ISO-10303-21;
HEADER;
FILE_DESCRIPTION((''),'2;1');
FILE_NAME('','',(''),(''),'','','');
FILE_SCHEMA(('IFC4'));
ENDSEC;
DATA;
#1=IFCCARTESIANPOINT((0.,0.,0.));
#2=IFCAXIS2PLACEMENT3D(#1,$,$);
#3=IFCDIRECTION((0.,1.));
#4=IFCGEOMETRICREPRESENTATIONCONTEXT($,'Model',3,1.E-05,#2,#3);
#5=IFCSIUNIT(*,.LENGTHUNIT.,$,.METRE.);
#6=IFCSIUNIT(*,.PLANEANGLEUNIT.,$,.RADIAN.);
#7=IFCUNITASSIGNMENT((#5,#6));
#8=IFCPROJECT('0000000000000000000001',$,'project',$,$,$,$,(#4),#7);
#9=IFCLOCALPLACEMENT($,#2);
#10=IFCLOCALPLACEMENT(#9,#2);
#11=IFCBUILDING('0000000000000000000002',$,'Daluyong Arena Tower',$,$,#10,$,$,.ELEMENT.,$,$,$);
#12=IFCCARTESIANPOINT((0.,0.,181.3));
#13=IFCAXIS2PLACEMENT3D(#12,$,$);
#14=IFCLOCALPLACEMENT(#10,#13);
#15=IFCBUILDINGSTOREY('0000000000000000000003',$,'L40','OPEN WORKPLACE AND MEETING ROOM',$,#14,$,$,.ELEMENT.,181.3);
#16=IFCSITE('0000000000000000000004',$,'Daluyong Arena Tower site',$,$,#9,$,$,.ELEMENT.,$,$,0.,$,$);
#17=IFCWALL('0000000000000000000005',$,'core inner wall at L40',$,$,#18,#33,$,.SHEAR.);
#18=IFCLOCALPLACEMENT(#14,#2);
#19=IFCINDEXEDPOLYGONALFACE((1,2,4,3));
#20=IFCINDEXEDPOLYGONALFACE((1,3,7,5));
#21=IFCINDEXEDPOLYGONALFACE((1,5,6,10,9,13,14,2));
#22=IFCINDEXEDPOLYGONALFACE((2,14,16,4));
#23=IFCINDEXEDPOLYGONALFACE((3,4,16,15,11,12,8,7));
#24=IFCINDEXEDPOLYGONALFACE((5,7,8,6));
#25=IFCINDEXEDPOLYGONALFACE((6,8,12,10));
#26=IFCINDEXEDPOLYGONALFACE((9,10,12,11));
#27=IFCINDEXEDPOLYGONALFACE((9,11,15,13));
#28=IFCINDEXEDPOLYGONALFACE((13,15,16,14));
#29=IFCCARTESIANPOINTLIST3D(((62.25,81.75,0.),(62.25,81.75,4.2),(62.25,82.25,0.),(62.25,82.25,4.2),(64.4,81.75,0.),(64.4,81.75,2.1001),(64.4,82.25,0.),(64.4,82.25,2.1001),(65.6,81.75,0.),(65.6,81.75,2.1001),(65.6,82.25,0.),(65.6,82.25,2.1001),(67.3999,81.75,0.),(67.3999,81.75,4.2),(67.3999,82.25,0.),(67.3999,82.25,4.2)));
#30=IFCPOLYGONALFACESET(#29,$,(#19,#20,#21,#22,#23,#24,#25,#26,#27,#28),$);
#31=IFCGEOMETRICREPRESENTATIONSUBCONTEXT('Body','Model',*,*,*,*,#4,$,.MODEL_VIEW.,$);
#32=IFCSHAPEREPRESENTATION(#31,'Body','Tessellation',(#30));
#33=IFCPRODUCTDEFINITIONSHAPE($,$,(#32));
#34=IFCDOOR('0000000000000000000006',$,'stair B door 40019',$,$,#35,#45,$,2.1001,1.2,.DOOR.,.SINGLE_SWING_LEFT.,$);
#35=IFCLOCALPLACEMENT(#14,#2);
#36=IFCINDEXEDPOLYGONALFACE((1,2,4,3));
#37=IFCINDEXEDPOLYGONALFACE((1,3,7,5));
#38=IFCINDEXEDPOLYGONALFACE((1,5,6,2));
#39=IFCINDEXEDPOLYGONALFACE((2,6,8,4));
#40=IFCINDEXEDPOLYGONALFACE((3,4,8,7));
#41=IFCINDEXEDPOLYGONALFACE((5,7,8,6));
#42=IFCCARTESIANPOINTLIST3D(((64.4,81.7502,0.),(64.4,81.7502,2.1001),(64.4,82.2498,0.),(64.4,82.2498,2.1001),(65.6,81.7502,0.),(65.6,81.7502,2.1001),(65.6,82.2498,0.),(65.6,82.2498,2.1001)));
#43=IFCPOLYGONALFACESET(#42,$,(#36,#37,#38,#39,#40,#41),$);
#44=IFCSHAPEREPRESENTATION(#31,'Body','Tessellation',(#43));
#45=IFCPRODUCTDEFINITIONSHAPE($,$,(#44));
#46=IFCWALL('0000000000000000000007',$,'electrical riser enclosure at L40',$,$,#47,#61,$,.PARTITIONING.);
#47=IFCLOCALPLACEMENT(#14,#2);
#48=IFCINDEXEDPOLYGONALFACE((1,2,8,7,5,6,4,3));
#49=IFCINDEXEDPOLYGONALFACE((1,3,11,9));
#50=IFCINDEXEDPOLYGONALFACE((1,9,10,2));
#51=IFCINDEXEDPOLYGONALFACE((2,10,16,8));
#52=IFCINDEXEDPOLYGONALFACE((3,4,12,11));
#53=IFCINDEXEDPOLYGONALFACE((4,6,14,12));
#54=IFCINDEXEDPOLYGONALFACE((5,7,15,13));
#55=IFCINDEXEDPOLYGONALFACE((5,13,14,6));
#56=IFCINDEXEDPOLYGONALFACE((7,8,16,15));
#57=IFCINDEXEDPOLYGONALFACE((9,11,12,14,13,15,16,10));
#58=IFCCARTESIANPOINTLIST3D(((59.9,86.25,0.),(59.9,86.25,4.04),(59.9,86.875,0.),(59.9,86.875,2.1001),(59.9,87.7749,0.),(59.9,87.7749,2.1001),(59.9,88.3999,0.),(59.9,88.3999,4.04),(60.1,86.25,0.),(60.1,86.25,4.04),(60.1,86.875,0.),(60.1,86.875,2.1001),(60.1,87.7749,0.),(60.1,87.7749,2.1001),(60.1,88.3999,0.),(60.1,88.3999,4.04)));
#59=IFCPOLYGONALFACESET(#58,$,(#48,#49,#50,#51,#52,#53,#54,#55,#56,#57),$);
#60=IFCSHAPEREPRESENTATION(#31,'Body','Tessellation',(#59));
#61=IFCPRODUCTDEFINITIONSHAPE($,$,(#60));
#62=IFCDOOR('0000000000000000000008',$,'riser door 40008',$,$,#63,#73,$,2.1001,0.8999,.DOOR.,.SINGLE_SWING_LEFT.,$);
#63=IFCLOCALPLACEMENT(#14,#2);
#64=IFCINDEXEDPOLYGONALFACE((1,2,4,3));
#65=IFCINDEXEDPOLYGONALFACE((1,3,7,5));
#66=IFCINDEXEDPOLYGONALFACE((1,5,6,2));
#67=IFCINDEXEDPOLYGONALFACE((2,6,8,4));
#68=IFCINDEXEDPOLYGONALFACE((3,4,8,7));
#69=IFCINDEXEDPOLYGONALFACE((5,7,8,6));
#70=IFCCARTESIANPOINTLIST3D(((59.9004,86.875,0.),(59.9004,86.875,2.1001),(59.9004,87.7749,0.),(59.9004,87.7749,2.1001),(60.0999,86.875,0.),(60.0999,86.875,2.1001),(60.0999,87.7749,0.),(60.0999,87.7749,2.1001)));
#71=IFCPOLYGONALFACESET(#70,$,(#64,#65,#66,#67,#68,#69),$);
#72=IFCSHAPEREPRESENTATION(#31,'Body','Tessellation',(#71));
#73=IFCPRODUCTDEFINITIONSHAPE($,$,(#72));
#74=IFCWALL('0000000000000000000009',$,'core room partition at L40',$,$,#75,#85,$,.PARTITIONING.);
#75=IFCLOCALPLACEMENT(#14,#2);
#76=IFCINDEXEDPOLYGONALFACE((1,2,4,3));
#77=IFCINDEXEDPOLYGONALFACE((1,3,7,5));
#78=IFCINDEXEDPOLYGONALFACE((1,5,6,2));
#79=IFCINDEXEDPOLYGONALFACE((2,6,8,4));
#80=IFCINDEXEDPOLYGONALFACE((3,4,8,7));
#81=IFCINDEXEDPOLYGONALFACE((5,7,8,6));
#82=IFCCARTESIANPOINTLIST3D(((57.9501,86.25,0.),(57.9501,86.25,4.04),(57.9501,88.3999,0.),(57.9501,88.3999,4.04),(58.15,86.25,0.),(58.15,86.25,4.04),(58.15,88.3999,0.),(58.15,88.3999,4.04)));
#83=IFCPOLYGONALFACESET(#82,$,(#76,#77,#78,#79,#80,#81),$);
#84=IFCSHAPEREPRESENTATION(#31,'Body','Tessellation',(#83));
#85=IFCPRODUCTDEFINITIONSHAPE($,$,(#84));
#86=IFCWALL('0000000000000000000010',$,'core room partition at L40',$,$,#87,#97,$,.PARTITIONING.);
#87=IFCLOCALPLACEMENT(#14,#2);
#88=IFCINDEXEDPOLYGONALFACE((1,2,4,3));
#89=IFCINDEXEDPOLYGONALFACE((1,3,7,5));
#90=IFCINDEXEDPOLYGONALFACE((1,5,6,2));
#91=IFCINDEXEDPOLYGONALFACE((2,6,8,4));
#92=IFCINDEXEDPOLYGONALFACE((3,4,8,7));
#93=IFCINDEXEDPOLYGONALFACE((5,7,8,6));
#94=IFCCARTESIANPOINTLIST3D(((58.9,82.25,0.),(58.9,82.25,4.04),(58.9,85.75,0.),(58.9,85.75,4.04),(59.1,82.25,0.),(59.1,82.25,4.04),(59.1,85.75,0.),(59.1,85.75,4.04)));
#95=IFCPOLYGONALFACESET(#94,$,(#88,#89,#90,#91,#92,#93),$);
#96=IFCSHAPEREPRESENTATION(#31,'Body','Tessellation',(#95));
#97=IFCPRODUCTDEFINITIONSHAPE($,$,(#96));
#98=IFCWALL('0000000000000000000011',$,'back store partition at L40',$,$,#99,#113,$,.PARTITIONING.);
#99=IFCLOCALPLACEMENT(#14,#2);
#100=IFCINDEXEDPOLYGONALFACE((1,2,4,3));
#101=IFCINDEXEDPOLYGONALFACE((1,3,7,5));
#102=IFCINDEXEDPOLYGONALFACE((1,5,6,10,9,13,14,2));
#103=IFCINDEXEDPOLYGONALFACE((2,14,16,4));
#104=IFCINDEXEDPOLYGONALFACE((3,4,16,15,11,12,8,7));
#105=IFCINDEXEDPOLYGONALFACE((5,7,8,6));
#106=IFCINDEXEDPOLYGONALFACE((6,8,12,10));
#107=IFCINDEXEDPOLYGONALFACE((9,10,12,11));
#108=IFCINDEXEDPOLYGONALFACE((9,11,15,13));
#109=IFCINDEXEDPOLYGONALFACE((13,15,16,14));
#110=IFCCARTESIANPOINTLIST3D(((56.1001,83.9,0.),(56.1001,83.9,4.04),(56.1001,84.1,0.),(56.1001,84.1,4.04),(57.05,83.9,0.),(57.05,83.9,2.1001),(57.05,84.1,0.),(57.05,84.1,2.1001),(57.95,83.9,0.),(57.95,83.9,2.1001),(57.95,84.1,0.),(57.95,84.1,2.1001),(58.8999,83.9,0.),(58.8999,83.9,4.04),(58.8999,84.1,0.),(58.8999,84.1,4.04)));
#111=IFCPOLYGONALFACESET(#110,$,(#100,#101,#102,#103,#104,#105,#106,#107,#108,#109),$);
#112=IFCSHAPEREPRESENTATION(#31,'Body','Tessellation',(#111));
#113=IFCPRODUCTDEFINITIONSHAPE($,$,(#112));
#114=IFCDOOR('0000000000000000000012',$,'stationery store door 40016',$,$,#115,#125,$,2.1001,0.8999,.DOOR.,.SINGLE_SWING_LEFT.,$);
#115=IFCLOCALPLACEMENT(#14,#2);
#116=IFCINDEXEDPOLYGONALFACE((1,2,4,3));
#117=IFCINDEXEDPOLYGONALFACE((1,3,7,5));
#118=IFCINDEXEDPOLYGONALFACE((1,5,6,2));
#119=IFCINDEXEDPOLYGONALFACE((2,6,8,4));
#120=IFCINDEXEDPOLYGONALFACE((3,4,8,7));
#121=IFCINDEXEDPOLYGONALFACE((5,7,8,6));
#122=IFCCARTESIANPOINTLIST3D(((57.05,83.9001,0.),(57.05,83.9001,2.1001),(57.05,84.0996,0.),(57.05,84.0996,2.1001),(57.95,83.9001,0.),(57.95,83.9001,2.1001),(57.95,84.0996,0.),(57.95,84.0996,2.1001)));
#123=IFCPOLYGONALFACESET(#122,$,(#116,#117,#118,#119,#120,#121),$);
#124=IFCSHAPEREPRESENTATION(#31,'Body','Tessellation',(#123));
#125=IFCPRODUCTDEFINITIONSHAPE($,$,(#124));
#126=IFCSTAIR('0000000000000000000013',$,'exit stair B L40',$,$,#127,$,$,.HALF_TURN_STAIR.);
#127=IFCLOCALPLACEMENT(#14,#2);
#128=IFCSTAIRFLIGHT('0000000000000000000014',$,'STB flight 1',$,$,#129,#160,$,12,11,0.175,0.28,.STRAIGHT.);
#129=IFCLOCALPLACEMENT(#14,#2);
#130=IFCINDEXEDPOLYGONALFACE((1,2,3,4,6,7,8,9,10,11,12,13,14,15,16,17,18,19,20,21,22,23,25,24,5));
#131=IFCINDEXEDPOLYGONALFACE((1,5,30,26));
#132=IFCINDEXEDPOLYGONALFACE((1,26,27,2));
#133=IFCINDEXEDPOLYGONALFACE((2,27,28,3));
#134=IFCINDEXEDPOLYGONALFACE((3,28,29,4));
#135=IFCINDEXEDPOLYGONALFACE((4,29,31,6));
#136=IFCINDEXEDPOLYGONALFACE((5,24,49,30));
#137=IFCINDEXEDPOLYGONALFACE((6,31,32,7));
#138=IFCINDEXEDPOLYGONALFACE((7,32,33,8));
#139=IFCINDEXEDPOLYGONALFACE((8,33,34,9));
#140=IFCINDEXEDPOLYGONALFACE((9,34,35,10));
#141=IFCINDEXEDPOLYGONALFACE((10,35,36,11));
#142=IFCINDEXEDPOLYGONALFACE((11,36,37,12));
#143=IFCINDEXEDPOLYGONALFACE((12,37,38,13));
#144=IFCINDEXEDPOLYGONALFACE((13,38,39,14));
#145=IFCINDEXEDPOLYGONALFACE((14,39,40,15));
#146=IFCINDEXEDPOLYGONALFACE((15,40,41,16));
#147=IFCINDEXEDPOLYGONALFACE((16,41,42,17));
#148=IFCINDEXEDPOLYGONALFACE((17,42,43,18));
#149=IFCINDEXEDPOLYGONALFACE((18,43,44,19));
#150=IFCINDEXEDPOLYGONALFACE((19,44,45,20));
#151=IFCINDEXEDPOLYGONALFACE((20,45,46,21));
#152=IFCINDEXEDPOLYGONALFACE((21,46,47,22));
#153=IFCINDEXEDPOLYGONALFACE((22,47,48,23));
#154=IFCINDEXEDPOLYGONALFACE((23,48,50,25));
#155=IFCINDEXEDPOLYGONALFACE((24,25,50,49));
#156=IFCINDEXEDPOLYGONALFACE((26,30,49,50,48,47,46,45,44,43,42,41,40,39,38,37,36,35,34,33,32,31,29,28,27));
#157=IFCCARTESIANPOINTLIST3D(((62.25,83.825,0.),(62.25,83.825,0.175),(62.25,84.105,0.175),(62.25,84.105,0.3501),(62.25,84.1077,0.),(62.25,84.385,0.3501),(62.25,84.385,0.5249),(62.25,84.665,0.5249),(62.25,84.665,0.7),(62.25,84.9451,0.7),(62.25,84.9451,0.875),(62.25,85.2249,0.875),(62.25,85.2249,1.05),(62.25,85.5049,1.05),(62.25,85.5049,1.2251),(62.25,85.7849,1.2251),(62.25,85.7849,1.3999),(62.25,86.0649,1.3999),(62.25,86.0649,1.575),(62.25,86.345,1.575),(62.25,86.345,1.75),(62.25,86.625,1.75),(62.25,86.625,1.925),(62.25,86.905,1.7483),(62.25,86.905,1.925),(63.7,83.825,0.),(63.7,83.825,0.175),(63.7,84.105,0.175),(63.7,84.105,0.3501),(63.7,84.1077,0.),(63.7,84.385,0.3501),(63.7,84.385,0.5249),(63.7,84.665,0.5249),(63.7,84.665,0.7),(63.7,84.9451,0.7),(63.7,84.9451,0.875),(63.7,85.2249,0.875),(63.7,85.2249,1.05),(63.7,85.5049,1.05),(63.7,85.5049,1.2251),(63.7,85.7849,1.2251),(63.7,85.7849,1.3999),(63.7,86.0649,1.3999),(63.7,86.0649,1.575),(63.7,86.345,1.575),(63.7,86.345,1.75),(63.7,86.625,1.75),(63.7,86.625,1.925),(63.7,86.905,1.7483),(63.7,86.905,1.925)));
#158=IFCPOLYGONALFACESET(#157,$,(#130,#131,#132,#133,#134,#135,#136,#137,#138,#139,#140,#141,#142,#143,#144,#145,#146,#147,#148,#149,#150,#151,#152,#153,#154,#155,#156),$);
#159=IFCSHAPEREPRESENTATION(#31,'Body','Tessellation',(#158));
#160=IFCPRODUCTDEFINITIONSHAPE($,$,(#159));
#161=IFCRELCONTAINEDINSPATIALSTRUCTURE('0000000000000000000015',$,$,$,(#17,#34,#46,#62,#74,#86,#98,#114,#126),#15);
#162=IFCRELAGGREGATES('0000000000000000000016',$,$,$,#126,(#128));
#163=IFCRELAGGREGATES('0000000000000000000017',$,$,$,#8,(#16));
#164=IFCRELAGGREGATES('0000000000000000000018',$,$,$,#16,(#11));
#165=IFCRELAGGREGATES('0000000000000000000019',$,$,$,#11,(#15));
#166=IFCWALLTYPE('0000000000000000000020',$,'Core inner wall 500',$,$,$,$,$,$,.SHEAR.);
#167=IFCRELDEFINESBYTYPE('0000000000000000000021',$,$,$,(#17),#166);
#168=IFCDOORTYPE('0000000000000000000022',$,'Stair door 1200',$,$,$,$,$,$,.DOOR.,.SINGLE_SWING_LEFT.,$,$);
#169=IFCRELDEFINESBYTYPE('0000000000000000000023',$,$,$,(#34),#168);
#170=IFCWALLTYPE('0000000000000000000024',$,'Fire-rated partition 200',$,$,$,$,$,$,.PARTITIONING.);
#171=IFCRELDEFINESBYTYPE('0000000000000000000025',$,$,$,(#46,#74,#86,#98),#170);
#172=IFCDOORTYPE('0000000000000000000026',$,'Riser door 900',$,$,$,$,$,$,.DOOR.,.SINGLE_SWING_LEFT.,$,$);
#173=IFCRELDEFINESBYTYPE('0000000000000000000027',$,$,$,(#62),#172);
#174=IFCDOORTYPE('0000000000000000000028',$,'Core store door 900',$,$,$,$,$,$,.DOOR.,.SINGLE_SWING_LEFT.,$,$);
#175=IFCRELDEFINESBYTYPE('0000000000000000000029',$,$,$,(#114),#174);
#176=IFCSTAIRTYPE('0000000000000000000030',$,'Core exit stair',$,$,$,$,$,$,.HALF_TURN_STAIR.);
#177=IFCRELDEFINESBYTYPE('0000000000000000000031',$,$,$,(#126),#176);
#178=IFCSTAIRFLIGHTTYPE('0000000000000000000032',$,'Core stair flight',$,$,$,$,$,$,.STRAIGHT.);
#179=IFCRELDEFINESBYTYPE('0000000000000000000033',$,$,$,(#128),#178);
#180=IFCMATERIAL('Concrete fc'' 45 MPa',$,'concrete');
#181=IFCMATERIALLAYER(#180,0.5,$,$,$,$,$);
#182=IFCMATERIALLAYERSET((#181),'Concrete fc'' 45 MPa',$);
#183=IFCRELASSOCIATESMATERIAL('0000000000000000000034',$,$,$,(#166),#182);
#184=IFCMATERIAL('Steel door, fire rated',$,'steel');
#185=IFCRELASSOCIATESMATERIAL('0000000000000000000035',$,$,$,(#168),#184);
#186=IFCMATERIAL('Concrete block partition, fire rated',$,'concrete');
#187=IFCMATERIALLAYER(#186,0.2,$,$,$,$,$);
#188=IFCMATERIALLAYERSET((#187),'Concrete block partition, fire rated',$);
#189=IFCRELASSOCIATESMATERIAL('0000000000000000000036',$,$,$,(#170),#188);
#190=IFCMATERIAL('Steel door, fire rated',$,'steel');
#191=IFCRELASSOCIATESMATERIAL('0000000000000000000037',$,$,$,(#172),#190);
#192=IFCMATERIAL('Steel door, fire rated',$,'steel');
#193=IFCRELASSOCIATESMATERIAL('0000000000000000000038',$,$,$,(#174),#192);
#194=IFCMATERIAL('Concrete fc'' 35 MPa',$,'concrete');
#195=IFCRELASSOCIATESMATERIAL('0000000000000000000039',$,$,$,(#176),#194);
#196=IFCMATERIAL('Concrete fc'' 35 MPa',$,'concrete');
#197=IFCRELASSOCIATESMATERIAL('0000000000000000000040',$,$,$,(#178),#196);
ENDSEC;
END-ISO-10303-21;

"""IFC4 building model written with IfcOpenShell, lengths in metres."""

from ifc_helpers import new_model, si_unit, direction, frame, frame_2d, origin, place, context, subcontext, project, spatial, polyline, rectangle, outline, extrude, material, layer, layer_set, type_object, element, fill, aggregate, save


model = new_model("IFC4")

# Units and contexts
model_context = context("Model", 3, precision=1e-05, world=origin(), true_north=direction((0.0, 1.0)))
body_context = subcontext(model_context, "Body", "Model", "MODEL_VIEW")
ifc_project = project(units=[si_unit("LENGTHUNIT", "METRE"), si_unit("PLANEANGLEUNIT", "RADIAN")], contexts=[model_context])

# Site, building, storey
site_placement = place(None, origin())
site = spatial("IfcSite", under=ifc_project, at=site_placement, Name="Daluyong Arena Tower site", CompositionType="ELEMENT", RefElevation=0.0)
building_placement = place(site_placement, origin())
building = spatial("IfcBuilding", under=site, at=building_placement, Name="Daluyong Arena Tower", CompositionType="ELEMENT")
storey_placement = place(building_placement, frame((0.0, 0.0, 181.3)))
storey = spatial("IfcBuildingStorey", under=building, at=storey_placement, Name="L40", Description="OPEN WORKPLACE AND MEETING ROOM", CompositionType="ELEMENT", Elevation=181.3)

# Walls, openings, doors
ifc_material_1 = material(Name="Concrete fc' 45 MPa", Category="concrete")
ifc_layer_1 = layer(ifc_material_1, 0.5)
ifc_layer_set_1 = layer_set([ifc_layer_1], Name="Concrete fc' 45 MPa")
wall_type_1 = type_object("IfcWallType", Name="Core inner wall 500", PredefinedType="SHEAR", material=ifc_layer_set_1)
wall_1_placement = place(storey_placement, frame((62.25, 82.0, 0.0), z_axis=(0.0, 0.0, 1.0), x_axis=(1.0, 0.0, 0.0)))
wall_1 = element("IfcWall", 1, at=wall_1_placement, inside=storey, type_object=wall_type_1, Name="core inner wall at L40", PredefinedType="SHEAR", context=body_context, shape_type="SweptSolid", body=[
    extrude(rectangle(XDim=5.1499, YDim=0.5, at=frame_2d((2.575, 0.0))), origin(), (0.0, 0.0, 1.0), 4.2),
])
opening_1_placement = place(wall_1_placement, frame((2.1499, 0.0, 0.0)))
opening_1 = element("IfcOpeningElement", 2, at=opening_1_placement, cuts=wall_1, PredefinedType="OPENING", context=body_context, shape_type="SweptSolid", body=[
    extrude(rectangle(XDim=1.2, YDim=2.1001, at=frame_2d((0.6001, 1.05))), frame((0.0, 0.26, 0.0), z_axis=(0.0, -1.0, 0.0), x_axis=(1.0, 0.0, 0.0)), (0.0, 0.0, 1.0), 0.52),
])
ifc_material_2 = material(Name="Steel door, fire rated", Category="steel")
door_type_1 = type_object("IfcDoorType", Name="Stair door 1200", OperationType="SINGLE_SWING_LEFT", PredefinedType="DOOR", material=ifc_material_2)
door_1_placement = place(opening_1_placement, origin())
door_1 = element("IfcDoor", 3, at=door_1_placement, inside=storey, type_object=door_type_1, Name="stair B door 40019", OperationType="SINGLE_SWING_LEFT", OverallHeight=2.1001, OverallWidth=1.2, PredefinedType="DOOR", context=body_context, shape_type="SweptSolid", body=[
    extrude(rectangle(XDim=1.2, YDim=2.1001, at=frame_2d((0.6001, 1.05))), frame((0.0, 0.2498, 0.0), z_axis=(0.0, -1.0, 0.0), x_axis=(1.0, 0.0, 0.0)), (0.0, 0.0, 1.0), 0.4995),
])
fill(opening_1, door_1)
ifc_material_3 = material(Name="Concrete block partition, fire rated", Category="concrete")
ifc_layer_2 = layer(ifc_material_3, 0.2)
ifc_layer_set_2 = layer_set([ifc_layer_2], Name="Concrete block partition, fire rated")
wall_type_2 = type_object("IfcWallType", Name="Fire-rated partition 200", PredefinedType="PARTITIONING", material=ifc_layer_set_2)
wall_2_placement = place(storey_placement, frame((60.0, 86.25, 0.0), z_axis=(0.0, 0.0, 1.0), x_axis=(0.0, 1.0, 0.0)))
wall_2 = element("IfcWall", 4, at=wall_2_placement, inside=storey, type_object=wall_type_2, Name="electrical riser enclosure at L40", PredefinedType="PARTITIONING", context=body_context, shape_type="SweptSolid", body=[
    extrude(rectangle(XDim=2.1499, YDim=0.2, at=frame_2d((1.075, 0.0))), origin(), (0.0, 0.0, 1.0), 4.04),
])
opening_2_placement = place(wall_2_placement, frame((0.625, 0.0, 0.0)))
opening_2 = element("IfcOpeningElement", 5, at=opening_2_placement, cuts=wall_2, PredefinedType="OPENING", context=body_context, shape_type="SweptSolid", body=[
    extrude(rectangle(XDim=0.8999, YDim=2.1001, at=frame_2d((0.45, 1.05))), frame((0.0, 0.1099, 0.0), z_axis=(0.0, -1.0, 0.0), x_axis=(1.0, 0.0, 0.0)), (0.0, 0.0, 1.0), 0.22),
])
ifc_material_4 = material(Name="Steel door, fire rated", Category="steel")
door_type_2 = type_object("IfcDoorType", Name="Riser door 900", OperationType="SINGLE_SWING_LEFT", PredefinedType="DOOR", material=ifc_material_4)
door_2_placement = place(opening_2_placement, origin())
door_2 = element("IfcDoor", 6, at=door_2_placement, inside=storey, type_object=door_type_2, Name="riser door 40008", OperationType="SINGLE_SWING_LEFT", OverallHeight=2.1001, OverallWidth=0.8999, PredefinedType="DOOR", context=body_context, shape_type="SweptSolid", body=[
    extrude(rectangle(XDim=0.8999, YDim=2.1001, at=frame_2d((0.45, 1.05))), frame((0.0, 0.0996, 0.0), z_axis=(0.0, -1.0, 0.0), x_axis=(1.0, 0.0, 0.0)), (0.0, 0.0, 1.0), 0.1995),
])
fill(opening_2, door_2)

# Walls
wall_3_placement = place(storey_placement, frame((58.05, 86.25, 0.0), z_axis=(0.0, 0.0, 1.0), x_axis=(0.0, 1.0, 0.0)))
element("IfcWall", 7, at=wall_3_placement, inside=storey, type_object=wall_type_2, Name="core room partition at L40", PredefinedType="PARTITIONING", context=body_context, shape_type="SweptSolid", body=[
    extrude(rectangle(XDim=2.1499, YDim=0.2, at=frame_2d((1.075, 0.0))), origin(), (0.0, 0.0, 1.0), 4.04),
])
wall_4_placement = place(storey_placement, frame((59.0, 82.25, 0.0), z_axis=(0.0, 0.0, 1.0), x_axis=(0.0, 1.0, 0.0)))
element("IfcWall", 8, at=wall_4_placement, inside=storey, type_object=wall_type_2, Name="core room partition at L40", PredefinedType="PARTITIONING", context=body_context, shape_type="SweptSolid", body=[
    extrude(rectangle(XDim=3.5, YDim=0.2, at=frame_2d((1.75, 0.0))), origin(), (0.0, 0.0, 1.0), 4.04),
])

# Wall, opening, door
wall_5_placement = place(storey_placement, frame((56.1001, 84.0, 0.0), z_axis=(0.0, 0.0, 1.0), x_axis=(1.0, 0.0, 0.0)))
wall_5 = element("IfcWall", 9, at=wall_5_placement, inside=storey, type_object=wall_type_2, Name="back store partition at L40", PredefinedType="PARTITIONING", context=body_context, shape_type="SweptSolid", body=[
    extrude(rectangle(XDim=2.7998, YDim=0.2, at=frame_2d((1.3999, 0.0))), origin(), (0.0, 0.0, 1.0), 4.04),
])
opening_3_placement = place(wall_5_placement, frame((0.95, 0.0, 0.0)))
opening_3 = element("IfcOpeningElement", 10, at=opening_3_placement, cuts=wall_5, PredefinedType="OPENING", context=body_context, shape_type="SweptSolid", body=[
    extrude(rectangle(XDim=0.8999, YDim=2.1001, at=frame_2d((0.45, 1.05))), frame((0.0, 0.1099, 0.0), z_axis=(0.0, -1.0, 0.0), x_axis=(1.0, 0.0, 0.0)), (0.0, 0.0, 1.0), 0.22),
])
ifc_material_5 = material(Name="Steel door, fire rated", Category="steel")
door_type_3 = type_object("IfcDoorType", Name="Core store door 900", OperationType="SINGLE_SWING_LEFT", PredefinedType="DOOR", material=ifc_material_5)
door_3_placement = place(opening_3_placement, origin())
door_3 = element("IfcDoor", 11, at=door_3_placement, inside=storey, type_object=door_type_3, Name="stationery store door 40016", OperationType="SINGLE_SWING_LEFT", OverallHeight=2.1001, OverallWidth=0.8999, PredefinedType="DOOR", context=body_context, shape_type="SweptSolid", body=[
    extrude(rectangle(XDim=0.8999, YDim=2.1001, at=frame_2d((0.45, 1.05))), frame((0.0, 0.0996, 0.0), z_axis=(0.0, -1.0, 0.0), x_axis=(1.0, 0.0, 0.0)), (0.0, 0.0, 1.0), 0.1995),
])
fill(opening_3, door_3)

# Stair, stair flight
ifc_material_6 = material(Name="Concrete fc' 35 MPa", Category="concrete")
stair_type = type_object("IfcStairType", Name="Core exit stair", PredefinedType="HALF_TURN_STAIR", material=ifc_material_6)
stair_placement = place(storey_placement, origin())
stair = element("IfcStair", 12, at=stair_placement, inside=storey, type_object=stair_type, Name="exit stair B L40", PredefinedType="HALF_TURN_STAIR")
ifc_material_7 = material(Name="Concrete fc' 35 MPa", Category="concrete")
stair_flight_type = type_object("IfcStairFlightType", Name="Core stair flight", PredefinedType="STRAIGHT", material=ifc_material_7)
stair_flight_placement = place(storey_placement, frame((62.9751, 83.825, 0.0), z_axis=(0.0, 0.0, 1.0), x_axis=(0.0, 1.0, 0.0)))
stair_flight = element("IfcStairFlight", 13, at=stair_flight_placement, type_object=stair_flight_type, Name="STB flight 1", NumberOfRisers=12, NumberOfTreads=11, PredefinedType="STRAIGHT", RiserHeight=0.175, TreadLength=0.28, context=body_context, shape_type="SweptSolid", body=[
    extrude(outline(polyline([(0.0, 0.0), (0.0, 0.175), (0.28, 0.175), (0.28, 0.3501), (0.5601, 0.3501), (0.5601, 0.5249), (0.8401, 0.5249), (0.8401, 0.7), (1.1201, 0.7), (1.1201, 0.875), (1.3999, 0.875), (1.3999, 1.05), (1.6799, 1.05), (1.6799, 1.2251), (1.96, 1.2251), (1.96, 1.3999), (2.24, 1.3999), (2.24, 1.575), (2.52, 1.575), (2.52, 1.75), (2.8, 1.75), (2.8, 1.925), (3.0801, 1.925), (3.0801, 2.1001), (3.0801, 1.7483), (0.2827, 0.0), (0.0, 0.0)])), frame((0.0, 0.7251, 0.0), z_axis=(0.0, -1.0, 0.0), x_axis=(1.0, 0.0, 0.0)), (0.0, 0.0, 1.0), 1.45),
])
aggregate(stair, [stair_flight])

save(model, "model.ifc")
